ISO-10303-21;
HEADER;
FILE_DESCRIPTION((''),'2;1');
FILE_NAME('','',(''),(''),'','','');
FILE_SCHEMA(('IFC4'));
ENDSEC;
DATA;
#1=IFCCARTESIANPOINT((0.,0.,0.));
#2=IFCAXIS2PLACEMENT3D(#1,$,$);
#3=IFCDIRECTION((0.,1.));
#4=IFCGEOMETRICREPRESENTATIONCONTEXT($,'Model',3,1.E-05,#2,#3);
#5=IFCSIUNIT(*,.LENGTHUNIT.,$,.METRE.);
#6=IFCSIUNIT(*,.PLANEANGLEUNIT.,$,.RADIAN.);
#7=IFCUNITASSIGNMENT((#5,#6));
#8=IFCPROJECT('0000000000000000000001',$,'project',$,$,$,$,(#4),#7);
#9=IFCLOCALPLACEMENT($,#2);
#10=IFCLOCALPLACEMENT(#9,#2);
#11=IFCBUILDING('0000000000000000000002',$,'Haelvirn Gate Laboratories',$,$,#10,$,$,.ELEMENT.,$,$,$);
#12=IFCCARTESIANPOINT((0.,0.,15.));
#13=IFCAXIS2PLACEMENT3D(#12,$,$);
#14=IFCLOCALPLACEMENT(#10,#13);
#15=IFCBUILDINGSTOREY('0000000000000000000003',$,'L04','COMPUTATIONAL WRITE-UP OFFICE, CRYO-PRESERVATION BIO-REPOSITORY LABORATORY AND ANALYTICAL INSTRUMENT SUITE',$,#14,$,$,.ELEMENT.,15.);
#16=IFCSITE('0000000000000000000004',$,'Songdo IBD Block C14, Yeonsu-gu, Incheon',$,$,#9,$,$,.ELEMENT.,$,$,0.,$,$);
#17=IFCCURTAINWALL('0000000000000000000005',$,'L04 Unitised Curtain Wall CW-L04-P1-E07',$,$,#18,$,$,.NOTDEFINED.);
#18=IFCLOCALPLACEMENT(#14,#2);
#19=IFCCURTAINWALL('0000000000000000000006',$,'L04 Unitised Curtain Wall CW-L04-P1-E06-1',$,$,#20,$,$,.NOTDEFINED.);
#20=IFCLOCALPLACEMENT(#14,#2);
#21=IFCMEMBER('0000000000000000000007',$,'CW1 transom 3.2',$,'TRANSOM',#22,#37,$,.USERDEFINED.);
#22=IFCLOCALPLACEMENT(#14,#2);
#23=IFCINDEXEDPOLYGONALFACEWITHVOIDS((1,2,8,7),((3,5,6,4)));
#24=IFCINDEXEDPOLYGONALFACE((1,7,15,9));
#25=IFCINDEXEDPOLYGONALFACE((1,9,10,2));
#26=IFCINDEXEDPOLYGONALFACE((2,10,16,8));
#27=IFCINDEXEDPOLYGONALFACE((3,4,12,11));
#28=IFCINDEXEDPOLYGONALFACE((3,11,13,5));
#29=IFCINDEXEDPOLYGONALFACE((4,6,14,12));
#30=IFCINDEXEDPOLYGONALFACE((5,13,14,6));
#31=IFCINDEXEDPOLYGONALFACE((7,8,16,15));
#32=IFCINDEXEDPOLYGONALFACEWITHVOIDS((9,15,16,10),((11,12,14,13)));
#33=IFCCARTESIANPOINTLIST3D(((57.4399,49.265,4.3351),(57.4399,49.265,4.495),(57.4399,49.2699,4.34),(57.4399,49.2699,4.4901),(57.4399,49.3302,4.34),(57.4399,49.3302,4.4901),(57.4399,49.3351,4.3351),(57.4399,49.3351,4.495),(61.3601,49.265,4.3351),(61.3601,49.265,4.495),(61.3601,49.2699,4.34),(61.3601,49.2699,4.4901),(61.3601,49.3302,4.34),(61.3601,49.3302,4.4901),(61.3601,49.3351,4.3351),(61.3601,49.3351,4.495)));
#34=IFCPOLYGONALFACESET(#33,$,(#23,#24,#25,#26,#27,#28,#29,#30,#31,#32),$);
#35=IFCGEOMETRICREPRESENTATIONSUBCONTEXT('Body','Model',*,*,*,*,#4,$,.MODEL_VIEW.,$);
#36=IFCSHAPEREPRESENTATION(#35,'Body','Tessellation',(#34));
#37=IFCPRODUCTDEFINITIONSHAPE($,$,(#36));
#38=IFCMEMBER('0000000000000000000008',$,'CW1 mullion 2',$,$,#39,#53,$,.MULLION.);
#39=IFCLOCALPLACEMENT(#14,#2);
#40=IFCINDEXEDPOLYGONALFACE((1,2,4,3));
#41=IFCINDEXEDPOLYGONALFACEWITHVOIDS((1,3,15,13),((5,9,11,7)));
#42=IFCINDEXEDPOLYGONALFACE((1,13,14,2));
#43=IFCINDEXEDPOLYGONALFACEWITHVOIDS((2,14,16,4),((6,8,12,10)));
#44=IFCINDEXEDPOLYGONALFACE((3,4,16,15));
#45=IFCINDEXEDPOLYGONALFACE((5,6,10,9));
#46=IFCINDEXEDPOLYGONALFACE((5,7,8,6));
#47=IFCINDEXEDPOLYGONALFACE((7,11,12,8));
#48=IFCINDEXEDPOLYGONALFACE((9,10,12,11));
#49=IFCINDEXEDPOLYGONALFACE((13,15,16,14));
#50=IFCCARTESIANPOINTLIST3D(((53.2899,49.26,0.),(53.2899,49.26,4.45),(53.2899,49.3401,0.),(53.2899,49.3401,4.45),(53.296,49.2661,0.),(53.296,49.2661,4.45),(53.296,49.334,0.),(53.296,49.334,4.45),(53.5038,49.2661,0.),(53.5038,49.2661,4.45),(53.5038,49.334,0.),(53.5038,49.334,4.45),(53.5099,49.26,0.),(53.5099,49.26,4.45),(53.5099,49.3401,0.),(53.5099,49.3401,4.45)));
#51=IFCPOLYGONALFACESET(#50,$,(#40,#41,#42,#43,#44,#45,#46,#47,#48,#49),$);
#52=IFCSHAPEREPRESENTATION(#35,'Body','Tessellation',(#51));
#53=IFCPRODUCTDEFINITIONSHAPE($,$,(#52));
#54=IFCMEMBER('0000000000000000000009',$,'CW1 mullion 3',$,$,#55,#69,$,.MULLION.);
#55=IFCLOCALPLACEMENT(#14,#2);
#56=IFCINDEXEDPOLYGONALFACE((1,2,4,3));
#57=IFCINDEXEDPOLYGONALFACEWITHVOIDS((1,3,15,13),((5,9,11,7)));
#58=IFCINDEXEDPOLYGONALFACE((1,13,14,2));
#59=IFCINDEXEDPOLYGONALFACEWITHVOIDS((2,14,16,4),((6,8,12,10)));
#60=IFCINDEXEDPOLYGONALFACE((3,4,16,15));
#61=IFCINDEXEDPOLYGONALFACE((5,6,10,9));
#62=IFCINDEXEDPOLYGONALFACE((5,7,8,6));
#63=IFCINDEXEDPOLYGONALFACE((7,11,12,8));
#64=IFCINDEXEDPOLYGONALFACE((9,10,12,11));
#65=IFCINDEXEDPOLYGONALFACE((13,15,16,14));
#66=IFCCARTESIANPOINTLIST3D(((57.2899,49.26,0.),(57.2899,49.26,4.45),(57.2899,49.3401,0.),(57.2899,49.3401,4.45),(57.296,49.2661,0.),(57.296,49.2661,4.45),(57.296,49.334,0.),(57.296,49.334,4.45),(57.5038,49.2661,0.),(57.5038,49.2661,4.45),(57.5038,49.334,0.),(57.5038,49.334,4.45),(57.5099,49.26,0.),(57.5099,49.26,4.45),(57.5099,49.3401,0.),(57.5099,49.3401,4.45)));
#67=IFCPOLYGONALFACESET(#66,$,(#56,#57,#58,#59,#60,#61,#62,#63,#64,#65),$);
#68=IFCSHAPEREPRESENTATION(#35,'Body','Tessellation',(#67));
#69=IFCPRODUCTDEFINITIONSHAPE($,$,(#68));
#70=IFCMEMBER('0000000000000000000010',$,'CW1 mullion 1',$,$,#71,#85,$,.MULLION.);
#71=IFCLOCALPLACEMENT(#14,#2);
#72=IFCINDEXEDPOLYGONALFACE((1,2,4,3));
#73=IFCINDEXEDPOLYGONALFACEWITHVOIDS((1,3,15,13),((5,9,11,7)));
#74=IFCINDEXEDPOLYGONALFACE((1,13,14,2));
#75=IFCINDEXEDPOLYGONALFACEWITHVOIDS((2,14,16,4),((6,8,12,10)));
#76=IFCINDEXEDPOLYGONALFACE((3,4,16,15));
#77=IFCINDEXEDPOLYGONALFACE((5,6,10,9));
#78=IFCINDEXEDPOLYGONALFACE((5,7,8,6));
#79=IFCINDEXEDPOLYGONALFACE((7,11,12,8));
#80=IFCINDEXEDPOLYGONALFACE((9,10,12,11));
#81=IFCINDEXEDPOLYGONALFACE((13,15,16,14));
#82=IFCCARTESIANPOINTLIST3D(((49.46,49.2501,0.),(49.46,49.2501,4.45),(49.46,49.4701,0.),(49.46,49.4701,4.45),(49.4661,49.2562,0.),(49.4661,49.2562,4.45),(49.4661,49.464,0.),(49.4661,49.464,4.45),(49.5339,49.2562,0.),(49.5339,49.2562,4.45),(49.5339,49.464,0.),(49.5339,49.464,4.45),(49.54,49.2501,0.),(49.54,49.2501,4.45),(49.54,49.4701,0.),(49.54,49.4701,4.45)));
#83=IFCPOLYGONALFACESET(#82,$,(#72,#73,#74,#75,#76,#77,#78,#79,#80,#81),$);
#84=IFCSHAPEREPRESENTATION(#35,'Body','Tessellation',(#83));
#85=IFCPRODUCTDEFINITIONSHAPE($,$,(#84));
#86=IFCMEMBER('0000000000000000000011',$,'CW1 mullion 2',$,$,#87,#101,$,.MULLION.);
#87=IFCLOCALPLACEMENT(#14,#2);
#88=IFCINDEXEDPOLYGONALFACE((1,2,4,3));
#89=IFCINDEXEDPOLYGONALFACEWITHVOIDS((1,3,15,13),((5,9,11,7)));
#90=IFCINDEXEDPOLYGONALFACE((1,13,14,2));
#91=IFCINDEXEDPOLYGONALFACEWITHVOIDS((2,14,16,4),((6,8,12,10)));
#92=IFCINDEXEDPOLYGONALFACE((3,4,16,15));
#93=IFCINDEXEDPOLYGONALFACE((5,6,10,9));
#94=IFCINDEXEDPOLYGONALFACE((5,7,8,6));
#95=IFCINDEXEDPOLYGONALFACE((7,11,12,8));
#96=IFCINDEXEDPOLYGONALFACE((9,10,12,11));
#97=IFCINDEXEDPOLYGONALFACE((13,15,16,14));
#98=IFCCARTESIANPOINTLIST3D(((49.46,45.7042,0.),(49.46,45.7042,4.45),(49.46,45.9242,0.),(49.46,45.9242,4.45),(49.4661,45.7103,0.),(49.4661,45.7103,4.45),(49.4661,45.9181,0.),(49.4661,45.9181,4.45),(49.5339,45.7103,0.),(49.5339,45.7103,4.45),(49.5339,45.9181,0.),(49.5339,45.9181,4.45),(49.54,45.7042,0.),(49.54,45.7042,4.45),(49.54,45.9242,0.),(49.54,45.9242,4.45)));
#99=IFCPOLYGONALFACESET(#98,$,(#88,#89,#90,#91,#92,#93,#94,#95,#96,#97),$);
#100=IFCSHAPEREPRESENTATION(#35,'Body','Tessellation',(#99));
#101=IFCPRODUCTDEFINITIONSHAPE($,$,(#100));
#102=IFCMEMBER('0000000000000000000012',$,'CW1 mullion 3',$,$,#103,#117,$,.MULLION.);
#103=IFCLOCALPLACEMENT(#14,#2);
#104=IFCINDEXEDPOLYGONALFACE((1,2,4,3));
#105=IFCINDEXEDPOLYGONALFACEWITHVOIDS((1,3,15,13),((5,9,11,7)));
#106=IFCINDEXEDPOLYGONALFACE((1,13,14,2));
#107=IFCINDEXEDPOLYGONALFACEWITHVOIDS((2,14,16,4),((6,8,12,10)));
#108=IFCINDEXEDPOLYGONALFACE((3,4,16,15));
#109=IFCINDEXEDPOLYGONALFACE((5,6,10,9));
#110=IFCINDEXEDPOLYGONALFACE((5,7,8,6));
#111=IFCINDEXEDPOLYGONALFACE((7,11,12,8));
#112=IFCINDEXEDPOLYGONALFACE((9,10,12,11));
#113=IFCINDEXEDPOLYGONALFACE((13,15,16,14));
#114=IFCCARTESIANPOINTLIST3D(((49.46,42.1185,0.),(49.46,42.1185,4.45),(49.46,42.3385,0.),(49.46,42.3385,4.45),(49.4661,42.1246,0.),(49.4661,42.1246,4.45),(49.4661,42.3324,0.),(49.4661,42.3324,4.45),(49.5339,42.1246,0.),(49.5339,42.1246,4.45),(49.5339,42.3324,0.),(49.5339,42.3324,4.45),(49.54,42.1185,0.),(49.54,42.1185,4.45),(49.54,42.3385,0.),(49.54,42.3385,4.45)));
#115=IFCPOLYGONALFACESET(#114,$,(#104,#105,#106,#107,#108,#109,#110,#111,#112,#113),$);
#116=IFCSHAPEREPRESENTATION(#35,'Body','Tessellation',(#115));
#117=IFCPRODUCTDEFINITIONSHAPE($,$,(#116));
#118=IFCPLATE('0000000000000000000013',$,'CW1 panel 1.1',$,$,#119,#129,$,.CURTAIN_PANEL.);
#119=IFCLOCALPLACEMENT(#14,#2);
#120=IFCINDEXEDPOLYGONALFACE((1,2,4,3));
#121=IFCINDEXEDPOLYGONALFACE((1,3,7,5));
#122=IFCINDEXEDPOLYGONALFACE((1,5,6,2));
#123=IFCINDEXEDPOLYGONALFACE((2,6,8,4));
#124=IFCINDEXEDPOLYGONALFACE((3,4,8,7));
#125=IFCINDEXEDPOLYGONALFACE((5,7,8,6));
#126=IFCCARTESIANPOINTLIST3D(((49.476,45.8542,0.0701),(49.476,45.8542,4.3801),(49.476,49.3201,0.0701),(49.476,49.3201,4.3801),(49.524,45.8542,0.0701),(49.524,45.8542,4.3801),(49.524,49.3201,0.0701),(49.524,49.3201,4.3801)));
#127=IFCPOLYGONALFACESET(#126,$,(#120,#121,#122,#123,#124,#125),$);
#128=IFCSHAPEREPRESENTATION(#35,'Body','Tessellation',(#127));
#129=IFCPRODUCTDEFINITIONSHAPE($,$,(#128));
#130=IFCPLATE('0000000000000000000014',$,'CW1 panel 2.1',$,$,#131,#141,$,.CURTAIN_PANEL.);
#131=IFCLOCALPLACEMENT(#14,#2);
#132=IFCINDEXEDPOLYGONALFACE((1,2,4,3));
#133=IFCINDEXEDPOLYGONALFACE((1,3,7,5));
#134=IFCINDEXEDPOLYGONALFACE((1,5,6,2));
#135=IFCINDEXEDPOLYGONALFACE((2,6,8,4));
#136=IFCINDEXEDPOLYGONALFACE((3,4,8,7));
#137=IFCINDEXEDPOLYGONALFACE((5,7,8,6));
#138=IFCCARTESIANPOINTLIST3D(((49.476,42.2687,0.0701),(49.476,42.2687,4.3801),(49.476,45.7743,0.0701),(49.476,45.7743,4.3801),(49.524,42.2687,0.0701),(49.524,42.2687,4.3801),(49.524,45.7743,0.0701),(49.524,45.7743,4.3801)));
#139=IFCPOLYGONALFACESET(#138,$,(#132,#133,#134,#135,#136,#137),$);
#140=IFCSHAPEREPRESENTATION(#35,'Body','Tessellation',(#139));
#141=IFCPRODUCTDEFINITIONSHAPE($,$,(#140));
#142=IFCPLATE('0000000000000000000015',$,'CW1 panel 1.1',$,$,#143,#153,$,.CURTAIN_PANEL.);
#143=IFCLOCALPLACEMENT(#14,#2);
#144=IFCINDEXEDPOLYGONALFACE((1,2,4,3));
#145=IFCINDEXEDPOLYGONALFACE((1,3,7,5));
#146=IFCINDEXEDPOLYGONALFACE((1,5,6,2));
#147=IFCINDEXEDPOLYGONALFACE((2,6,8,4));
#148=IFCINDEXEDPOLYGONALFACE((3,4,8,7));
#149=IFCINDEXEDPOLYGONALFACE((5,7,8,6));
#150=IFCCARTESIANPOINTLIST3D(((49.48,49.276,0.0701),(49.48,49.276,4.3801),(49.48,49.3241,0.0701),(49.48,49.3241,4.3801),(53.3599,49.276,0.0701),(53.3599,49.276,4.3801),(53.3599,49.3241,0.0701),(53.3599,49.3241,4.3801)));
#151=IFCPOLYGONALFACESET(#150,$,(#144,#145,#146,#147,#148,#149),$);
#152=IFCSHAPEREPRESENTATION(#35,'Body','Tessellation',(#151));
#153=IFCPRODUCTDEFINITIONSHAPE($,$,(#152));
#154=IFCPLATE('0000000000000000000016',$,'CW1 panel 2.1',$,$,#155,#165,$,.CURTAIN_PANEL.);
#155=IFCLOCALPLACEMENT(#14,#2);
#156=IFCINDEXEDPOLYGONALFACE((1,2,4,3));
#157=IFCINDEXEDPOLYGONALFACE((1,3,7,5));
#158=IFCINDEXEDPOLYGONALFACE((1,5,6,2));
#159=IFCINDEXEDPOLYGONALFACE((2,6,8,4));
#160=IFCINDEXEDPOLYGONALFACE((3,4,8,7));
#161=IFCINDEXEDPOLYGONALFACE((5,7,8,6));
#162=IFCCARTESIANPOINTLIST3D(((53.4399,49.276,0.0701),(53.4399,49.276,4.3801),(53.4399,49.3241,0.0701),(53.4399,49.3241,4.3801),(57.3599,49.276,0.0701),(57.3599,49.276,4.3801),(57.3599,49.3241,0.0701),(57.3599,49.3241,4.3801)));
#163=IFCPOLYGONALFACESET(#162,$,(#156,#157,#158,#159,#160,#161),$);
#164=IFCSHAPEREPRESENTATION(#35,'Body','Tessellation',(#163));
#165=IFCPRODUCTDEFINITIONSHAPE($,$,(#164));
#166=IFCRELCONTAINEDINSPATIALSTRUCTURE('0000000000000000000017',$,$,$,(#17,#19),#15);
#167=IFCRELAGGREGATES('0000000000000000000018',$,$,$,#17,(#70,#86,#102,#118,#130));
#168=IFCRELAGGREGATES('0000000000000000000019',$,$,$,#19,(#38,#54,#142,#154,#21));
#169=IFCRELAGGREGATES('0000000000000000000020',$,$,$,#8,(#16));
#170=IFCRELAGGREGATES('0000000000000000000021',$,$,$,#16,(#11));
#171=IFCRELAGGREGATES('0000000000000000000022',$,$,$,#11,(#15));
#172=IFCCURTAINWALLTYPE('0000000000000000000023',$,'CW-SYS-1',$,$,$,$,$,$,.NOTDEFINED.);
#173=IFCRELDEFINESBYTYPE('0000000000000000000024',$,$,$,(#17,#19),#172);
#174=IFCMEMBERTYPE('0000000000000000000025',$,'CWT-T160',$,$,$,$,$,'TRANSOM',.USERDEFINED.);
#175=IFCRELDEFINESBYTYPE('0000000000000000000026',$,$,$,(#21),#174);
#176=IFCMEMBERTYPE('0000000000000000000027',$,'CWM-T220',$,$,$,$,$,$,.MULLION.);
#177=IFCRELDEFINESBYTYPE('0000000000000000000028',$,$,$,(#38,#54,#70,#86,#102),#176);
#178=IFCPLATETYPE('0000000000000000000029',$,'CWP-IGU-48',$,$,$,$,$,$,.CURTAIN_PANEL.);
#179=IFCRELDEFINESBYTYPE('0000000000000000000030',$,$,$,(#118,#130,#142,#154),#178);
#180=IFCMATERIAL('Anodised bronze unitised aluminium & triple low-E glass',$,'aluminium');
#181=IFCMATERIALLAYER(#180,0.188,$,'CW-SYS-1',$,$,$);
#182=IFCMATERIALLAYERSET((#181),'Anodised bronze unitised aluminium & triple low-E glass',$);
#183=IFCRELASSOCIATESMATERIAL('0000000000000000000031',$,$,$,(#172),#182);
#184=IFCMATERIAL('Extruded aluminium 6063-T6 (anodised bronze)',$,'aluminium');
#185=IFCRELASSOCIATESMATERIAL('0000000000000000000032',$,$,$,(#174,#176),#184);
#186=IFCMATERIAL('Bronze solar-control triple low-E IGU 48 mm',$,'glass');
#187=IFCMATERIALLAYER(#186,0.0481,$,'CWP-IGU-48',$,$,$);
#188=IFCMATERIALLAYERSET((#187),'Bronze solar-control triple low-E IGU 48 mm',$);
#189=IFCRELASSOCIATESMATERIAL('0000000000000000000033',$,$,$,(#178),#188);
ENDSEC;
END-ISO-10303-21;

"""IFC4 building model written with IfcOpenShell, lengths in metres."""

from ifc_helpers import new_model, si_unit, direction, frame, origin, origin_2d, place, context, subcontext, project, spatial, rectangle, hollow_rectangle, extrude, source, transform, mapped, material, layer, layer_set, material_profile, profile_set, type_object, type_shapes, element, aggregate, save


model = new_model("IFC4")

# Units and contexts
model_context = context("Model", 3, precision=1e-05, world=origin(), true_north=direction((0.0, 1.0)))
body_context = subcontext(model_context, "Body", "Model", "MODEL_VIEW")
ifc_project = project(units=[si_unit("LENGTHUNIT", "METRE"), si_unit("PLANEANGLEUNIT", "RADIAN")], contexts=[model_context])

# Site, building, storey
site_placement = place(None, origin())
site = spatial("IfcSite", under=ifc_project, at=site_placement, Name="Songdo IBD Block C14, Yeonsu-gu, Incheon", CompositionType="ELEMENT", RefElevation=0.0)
building_placement = place(site_placement, origin())
building = spatial("IfcBuilding", under=site, at=building_placement, Name="Haelvirn Gate Laboratories", CompositionType="ELEMENT")
storey_placement = place(building_placement, frame((0.0, 0.0, 15.0)))
storey = spatial("IfcBuildingStorey", under=building, at=storey_placement, Name="L04", Description="COMPUTATIONAL WRITE-UP OFFICE, CRYO-PRESERVATION BIO-REPOSITORY LABORATORY AND ANALYTICAL INSTRUMENT SUITE", CompositionType="ELEMENT", Elevation=15.0)

# Curtain walls, members
ifc_material_1 = material(Name="Anodised bronze unitised aluminium & triple low-E glass", Category="aluminium")
ifc_layer_1 = layer(ifc_material_1, 0.188, Name="CW-SYS-1")
ifc_layer_set_1 = layer_set([ifc_layer_1], Name="Anodised bronze unitised aluminium & triple low-E glass")
curtain_wall_type = type_object("IfcCurtainWallType", Name="CW-SYS-1", PredefinedType="NOTDEFINED", material=ifc_layer_set_1)
curtain_wall_1_placement = place(storey_placement, origin())
curtain_wall_1 = element("IfcCurtainWall", 1, at=curtain_wall_1_placement, inside=storey, type_object=curtain_wall_type, Name="L04 Unitised Curtain Wall CW-L04-P1-E07", PredefinedType="NOTDEFINED")
ifc_material_2 = material(Name="Extruded aluminium 6063-T6 (anodised bronze)", Category="aluminium")
ifc_material_profile_1 = material_profile(ifc_material_2, hollow_rectangle(XDim=0.0701, YDim=0.1599, WallThickness=0.0049, at=origin_2d()), Name="CWT-160x70x5")
ifc_profile_set_1 = profile_set([ifc_material_profile_1], Name="Extruded aluminium 6063-T6 (anodised bronze)")
member_type_1 = type_object("IfcMemberType", Name="CWT-T160", ElementType="TRANSOM", PredefinedType="USERDEFINED", material=ifc_profile_set_1)
curtain_wall_2_placement = place(storey_placement, origin())
curtain_wall_2 = element("IfcCurtainWall", 2, at=curtain_wall_2_placement, inside=storey, type_object=curtain_wall_type, Name="L04 Unitised Curtain Wall CW-L04-P1-E06-1", PredefinedType="NOTDEFINED")
shared_shape_1 = source(origin(), body_context, "Body", "SweptSolid", [
    extrude(hollow_rectangle(XDim=0.0701, YDim=0.1599, WallThickness=0.0049, at=origin_2d()), origin(), (0.0, 0.0, 1.0), 3.9202),
])
member_1_placement = place(storey_placement, frame((57.4399, 49.3, 4.415), z_axis=(1.0, 0.0, 0.0), x_axis=(0.0, 1.0, 0.0)))
member_1 = element("IfcMember", 3, at=member_1_placement, type_object=member_type_1, Name="CW1 transom 3.2", ObjectType="TRANSOM", PredefinedType="USERDEFINED", context=body_context, shape_type="MappedRepresentation", body=[
    mapped(shared_shape_1, transform((0.0, 0.0, 0.0), scale=1.0)),
])
ifc_material_profile_2 = material_profile(ifc_material_2, hollow_rectangle(XDim=0.0801, YDim=0.22, WallThickness=0.0061, at=origin_2d()), Name="CWM-220x80x6")
ifc_profile_set_2 = profile_set([ifc_material_profile_2], Name="Extruded aluminium 6063-T6 (anodised bronze)")
member_type_2 = type_object("IfcMemberType", Name="CWM-T220", PredefinedType="MULLION", material=ifc_profile_set_2)
shared_shape_2 = source(origin(), body_context, "Body", "SweptSolid", [
    extrude(hollow_rectangle(XDim=0.0801, YDim=0.22, WallThickness=0.0061, at=origin_2d()), origin(), (0.0, 0.0, 1.0), 4.45),
])
type_shapes(member_type_2, [shared_shape_2])
member_2_placement = place(storey_placement, frame((53.3999, 49.3, 0.0), z_axis=(0.0, 0.0, 1.0), x_axis=(0.0, 1.0, 0.0)))
member_2 = element("IfcMember", 4, at=member_2_placement, type_object=member_type_2, Name="CW1 mullion 2", PredefinedType="MULLION", context=body_context, shape_type="MappedRepresentation", body=[
    mapped(shared_shape_2, transform((0.0, 0.0, 0.0), scale=1.0)),
])
member_3_placement = place(storey_placement, frame((57.3999, 49.3, 0.0), z_axis=(0.0, 0.0, 1.0), x_axis=(0.0, 1.0, 0.0)))
member_3 = element("IfcMember", 5, at=member_3_placement, type_object=member_type_2, Name="CW1 mullion 3", PredefinedType="MULLION", context=body_context, shape_type="MappedRepresentation", body=[
    mapped(shared_shape_2, transform((0.0, 0.0, 0.0), scale=1.0)),
])

# Members
member_4_placement = place(storey_placement, frame((49.5, 49.3601, 0.0), z_axis=(0.0, 0.0, 1.0), x_axis=(1.0, 0.0, 0.0)))
member_4 = element("IfcMember", 6, at=member_4_placement, type_object=member_type_2, Name="CW1 mullion 1", PredefinedType="MULLION", context=body_context, shape_type="MappedRepresentation", body=[
    mapped(shared_shape_2, transform((0.0, 0.0, 0.0), scale=1.0)),
])
member_5_placement = place(storey_placement, frame((49.5, 45.8142, 0.0), z_axis=(0.0, 0.0, 1.0), x_axis=(1.0, 0.0, 0.0)))
member_5 = element("IfcMember", 7, at=member_5_placement, type_object=member_type_2, Name="CW1 mullion 2", PredefinedType="MULLION", context=body_context, shape_type="MappedRepresentation", body=[
    mapped(shared_shape_2, transform((0.0, 0.0, 0.0), scale=1.0)),
])
member_6_placement = place(storey_placement, frame((49.5, 42.2285, 0.0), z_axis=(0.0, 0.0, 1.0), x_axis=(1.0, 0.0, 0.0)))
member_6 = element("IfcMember", 8, at=member_6_placement, type_object=member_type_2, Name="CW1 mullion 3", PredefinedType="MULLION", context=body_context, shape_type="MappedRepresentation", body=[
    mapped(shared_shape_2, transform((0.0, 0.0, 0.0), scale=1.0)),
])

# Plates
ifc_material_3 = material(Name="Bronze solar-control triple low-E IGU 48 mm", Category="glass")
ifc_layer_2 = layer(ifc_material_3, 0.0481, Name="CWP-IGU-48")
ifc_layer_set_2 = layer_set([ifc_layer_2], Name="Bronze solar-control triple low-E IGU 48 mm")
plate_type = type_object("IfcPlateType", Name="CWP-IGU-48", PredefinedType="CURTAIN_PANEL", material=ifc_layer_set_2)
shared_shape_3 = source(origin(), body_context, "Body", "SweptSolid", [
    extrude(rectangle(XDim=3.4658, YDim=0.0481, at=origin_2d()), origin(), (0.0, 0.0, 1.0), 4.3101),
])
plate_1_placement = place(storey_placement, frame((49.5, 47.5872, 0.0701), z_axis=(0.0, 0.0, 1.0), x_axis=(0.0, -1.0, 0.0)))
plate_1 = element("IfcPlate", 9, at=plate_1_placement, type_object=plate_type, Name="CW1 panel 1.1", PredefinedType="CURTAIN_PANEL", context=body_context, shape_type="MappedRepresentation", body=[
    mapped(shared_shape_3, transform((0.0, 0.0, 0.0), scale=1.0)),
])
shared_shape_4 = source(origin(), body_context, "Body", "SweptSolid", [
    extrude(rectangle(XDim=3.5056, YDim=0.0481, at=origin_2d()), origin(), (0.0, 0.0, 1.0), 4.3101),
])
plate_2_placement = place(storey_placement, frame((49.5, 44.0215, 0.0701), z_axis=(0.0, 0.0, 1.0), x_axis=(0.0, -1.0, 0.0)))
plate_2 = element("IfcPlate", 10, at=plate_2_placement, type_object=plate_type, Name="CW1 panel 2.1", PredefinedType="CURTAIN_PANEL", context=body_context, shape_type="MappedRepresentation", body=[
    mapped(shared_shape_4, transform((0.0, 0.0, 0.0), scale=1.0)),
])
aggregate(curtain_wall_1, [member_4, member_5, member_6, plate_1, plate_2])
shared_shape_5 = source(origin(), body_context, "Body", "SweptSolid", [
    extrude(rectangle(XDim=3.8799, YDim=0.0481, at=origin_2d()), origin(), (0.0, 0.0, 1.0), 4.3101),
])
plate_3_placement = place(storey_placement, frame((51.4199, 49.3, 0.0701), z_axis=(0.0, 0.0, 1.0), x_axis=(1.0, 0.0, 0.0)))
plate_3 = element("IfcPlate", 11, at=plate_3_placement, type_object=plate_type, Name="CW1 panel 1.1", PredefinedType="CURTAIN_PANEL", context=body_context, shape_type="MappedRepresentation", body=[
    mapped(shared_shape_5, transform((0.0, 0.0, 0.0), scale=1.0)),
])
shared_shape_6 = source(origin(), body_context, "Body", "SweptSolid", [
    extrude(rectangle(XDim=3.9199, YDim=0.0481, at=origin_2d()), origin(), (0.0, 0.0, 1.0), 4.3101),
])
type_shapes(plate_type, [shared_shape_3, shared_shape_4, shared_shape_5, shared_shape_6])
plate_4_placement = place(storey_placement, frame((55.3999, 49.3, 0.0701), z_axis=(0.0, 0.0, 1.0), x_axis=(1.0, 0.0, 0.0)))
plate_4 = element("IfcPlate", 12, at=plate_4_placement, type_object=plate_type, Name="CW1 panel 2.1", PredefinedType="CURTAIN_PANEL", context=body_context, shape_type="MappedRepresentation", body=[
    mapped(shared_shape_6, transform((0.0, 0.0, 0.0), scale=1.0)),
])
aggregate(curtain_wall_2, [member_2, member_3, plate_3, plate_4, member_1])

save(model, "model.ifc")
